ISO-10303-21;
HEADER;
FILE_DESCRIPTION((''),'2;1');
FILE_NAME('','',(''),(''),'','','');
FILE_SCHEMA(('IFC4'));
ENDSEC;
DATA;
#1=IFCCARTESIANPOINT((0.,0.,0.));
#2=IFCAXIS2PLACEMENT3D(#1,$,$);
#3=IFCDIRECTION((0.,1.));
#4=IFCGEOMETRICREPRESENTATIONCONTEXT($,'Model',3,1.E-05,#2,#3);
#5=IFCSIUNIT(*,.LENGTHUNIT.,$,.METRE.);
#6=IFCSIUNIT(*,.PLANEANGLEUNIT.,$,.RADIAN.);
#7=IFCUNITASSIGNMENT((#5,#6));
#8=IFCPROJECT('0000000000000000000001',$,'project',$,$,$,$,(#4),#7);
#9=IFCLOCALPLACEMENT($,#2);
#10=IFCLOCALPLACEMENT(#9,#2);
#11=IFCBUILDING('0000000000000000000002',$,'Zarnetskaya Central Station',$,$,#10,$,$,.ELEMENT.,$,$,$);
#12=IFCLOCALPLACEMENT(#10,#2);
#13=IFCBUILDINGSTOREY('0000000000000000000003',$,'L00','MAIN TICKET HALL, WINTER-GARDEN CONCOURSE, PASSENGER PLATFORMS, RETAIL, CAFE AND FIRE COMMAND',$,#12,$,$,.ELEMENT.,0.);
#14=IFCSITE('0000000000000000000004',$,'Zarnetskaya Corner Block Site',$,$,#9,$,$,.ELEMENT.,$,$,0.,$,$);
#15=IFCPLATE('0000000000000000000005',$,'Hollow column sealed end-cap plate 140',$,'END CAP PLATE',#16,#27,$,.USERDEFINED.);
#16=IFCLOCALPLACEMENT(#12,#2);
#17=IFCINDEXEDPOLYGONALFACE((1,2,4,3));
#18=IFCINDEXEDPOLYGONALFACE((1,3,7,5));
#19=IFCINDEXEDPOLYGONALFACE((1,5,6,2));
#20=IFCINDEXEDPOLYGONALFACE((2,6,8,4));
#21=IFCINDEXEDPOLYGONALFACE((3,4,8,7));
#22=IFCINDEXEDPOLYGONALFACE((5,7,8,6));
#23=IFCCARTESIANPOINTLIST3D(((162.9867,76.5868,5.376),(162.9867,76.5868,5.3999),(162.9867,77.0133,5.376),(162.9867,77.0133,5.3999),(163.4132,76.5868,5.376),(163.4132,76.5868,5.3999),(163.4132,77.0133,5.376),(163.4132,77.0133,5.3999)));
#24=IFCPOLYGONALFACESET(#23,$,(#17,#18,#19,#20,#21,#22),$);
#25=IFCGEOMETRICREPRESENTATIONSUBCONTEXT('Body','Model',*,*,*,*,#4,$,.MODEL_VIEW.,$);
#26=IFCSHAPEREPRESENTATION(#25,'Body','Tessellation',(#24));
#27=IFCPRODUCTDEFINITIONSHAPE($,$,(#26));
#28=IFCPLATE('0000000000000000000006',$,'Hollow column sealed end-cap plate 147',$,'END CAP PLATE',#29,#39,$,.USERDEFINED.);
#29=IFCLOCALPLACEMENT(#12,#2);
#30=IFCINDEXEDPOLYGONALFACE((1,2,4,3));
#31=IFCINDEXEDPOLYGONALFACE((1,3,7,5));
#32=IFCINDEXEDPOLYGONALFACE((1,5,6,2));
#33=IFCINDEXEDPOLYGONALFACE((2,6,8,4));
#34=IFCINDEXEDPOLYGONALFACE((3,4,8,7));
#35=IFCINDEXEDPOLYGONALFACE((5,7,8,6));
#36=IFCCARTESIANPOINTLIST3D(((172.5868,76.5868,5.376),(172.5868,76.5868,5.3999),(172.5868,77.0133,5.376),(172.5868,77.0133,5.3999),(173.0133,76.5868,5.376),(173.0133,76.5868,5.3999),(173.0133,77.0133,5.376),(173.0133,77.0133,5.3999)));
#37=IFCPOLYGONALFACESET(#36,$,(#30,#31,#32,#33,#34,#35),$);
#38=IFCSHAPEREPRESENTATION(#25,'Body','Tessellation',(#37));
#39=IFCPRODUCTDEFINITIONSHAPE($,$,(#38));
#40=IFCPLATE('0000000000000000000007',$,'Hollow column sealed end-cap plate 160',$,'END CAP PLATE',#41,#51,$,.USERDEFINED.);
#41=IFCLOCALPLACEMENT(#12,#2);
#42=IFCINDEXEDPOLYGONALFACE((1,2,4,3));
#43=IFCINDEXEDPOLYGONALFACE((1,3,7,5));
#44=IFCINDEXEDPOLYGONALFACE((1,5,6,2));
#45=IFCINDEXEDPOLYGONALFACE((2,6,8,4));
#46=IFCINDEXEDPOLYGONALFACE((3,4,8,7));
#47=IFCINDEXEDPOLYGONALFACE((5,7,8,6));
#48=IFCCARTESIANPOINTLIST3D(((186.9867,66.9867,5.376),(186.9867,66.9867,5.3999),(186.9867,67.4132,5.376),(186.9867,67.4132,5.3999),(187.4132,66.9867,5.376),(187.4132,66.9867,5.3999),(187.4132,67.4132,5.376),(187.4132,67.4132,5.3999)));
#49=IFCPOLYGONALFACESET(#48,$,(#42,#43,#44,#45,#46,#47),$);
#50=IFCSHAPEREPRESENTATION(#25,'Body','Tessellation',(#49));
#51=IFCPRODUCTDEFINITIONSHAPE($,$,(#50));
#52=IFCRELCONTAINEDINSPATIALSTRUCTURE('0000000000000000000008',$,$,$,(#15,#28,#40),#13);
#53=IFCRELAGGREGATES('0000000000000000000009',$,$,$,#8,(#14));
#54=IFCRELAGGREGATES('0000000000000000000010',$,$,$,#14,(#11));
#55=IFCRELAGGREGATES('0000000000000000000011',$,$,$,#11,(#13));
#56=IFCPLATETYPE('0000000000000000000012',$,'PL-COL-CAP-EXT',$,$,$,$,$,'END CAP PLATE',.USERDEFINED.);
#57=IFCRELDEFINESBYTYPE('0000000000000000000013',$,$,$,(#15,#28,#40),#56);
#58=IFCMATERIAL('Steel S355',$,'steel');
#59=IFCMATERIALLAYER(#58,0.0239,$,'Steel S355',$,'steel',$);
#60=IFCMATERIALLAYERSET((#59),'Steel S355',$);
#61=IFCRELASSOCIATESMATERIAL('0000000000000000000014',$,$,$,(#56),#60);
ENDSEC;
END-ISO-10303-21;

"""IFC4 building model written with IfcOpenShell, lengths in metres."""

from ifc_helpers import new_model, si_unit, direction, frame, origin, origin_2d, place, context, subcontext, project, spatial, rectangle, extrude, material, layer, layer_set, type_object, element, save


model = new_model("IFC4")

# Units and contexts
model_context = context("Model", 3, precision=1e-05, world=origin(), true_north=direction((0.0, 1.0)))
body_context = subcontext(model_context, "Body", "Model", "MODEL_VIEW")
ifc_project = project(units=[si_unit("LENGTHUNIT", "METRE"), si_unit("PLANEANGLEUNIT", "RADIAN")], contexts=[model_context])

# Site, building, storey
site_placement = place(None, origin())
site = spatial("IfcSite", under=ifc_project, at=site_placement, Name="Zarnetskaya Corner Block Site", CompositionType="ELEMENT", RefElevation=0.0)
building_placement = place(site_placement, origin())
building = spatial("IfcBuilding", under=site, at=building_placement, Name="Zarnetskaya Central Station", CompositionType="ELEMENT")
storey_placement = place(building_placement, origin())
storey = spatial("IfcBuildingStorey", under=building, at=storey_placement, Name="L00", Description="MAIN TICKET HALL, WINTER-GARDEN CONCOURSE, PASSENGER PLATFORMS, RETAIL, CAFE AND FIRE COMMAND", CompositionType="ELEMENT", Elevation=0.0)

# Shared definitions
ifc_material = material(Name="Steel S355", Category="steel")

# Plates
ifc_layer = layer(ifc_material, 0.0239, Name="Steel S355", Category="steel")
ifc_layer_set = layer_set([ifc_layer], Name="Steel S355")
plate_type = type_object("IfcPlateType", Name="PL-COL-CAP-EXT", ElementType="END CAP PLATE", PredefinedType="USERDEFINED", material=ifc_layer_set)
for number, where, z_axis, x_axis, name in (
    (1, (163.2, 76.8, 5.376), (0.0, 0.0, 1.0), (1.0, 0.0, 0.0), "Hollow column sealed end-cap plate 140"),
    (2, (172.8, 76.8, 5.376), (0.0, 0.0, 1.0), (1.0, 0.0, 0.0), "Hollow column sealed end-cap plate 147"),
    (3, (187.2, 67.2, 5.376), (0.0, 0.0, 1.0), (1.0, 0.0, 0.0), "Hollow column sealed end-cap plate 160"),
):
    element("IfcPlate", number, at=place(storey_placement, frame(where, z_axis=z_axis, x_axis=x_axis)), inside=storey, type_object=plate_type, Name=name, ObjectType="END CAP PLATE", PredefinedType="USERDEFINED", context=body_context, shape_type="SweptSolid", body=[
        extrude(rectangle(XDim=0.4265, YDim=0.4265, at=origin_2d()), origin(), (0.0, 0.0, 1.0), 0.0239),
    ])

save(model, "model.ifc")
